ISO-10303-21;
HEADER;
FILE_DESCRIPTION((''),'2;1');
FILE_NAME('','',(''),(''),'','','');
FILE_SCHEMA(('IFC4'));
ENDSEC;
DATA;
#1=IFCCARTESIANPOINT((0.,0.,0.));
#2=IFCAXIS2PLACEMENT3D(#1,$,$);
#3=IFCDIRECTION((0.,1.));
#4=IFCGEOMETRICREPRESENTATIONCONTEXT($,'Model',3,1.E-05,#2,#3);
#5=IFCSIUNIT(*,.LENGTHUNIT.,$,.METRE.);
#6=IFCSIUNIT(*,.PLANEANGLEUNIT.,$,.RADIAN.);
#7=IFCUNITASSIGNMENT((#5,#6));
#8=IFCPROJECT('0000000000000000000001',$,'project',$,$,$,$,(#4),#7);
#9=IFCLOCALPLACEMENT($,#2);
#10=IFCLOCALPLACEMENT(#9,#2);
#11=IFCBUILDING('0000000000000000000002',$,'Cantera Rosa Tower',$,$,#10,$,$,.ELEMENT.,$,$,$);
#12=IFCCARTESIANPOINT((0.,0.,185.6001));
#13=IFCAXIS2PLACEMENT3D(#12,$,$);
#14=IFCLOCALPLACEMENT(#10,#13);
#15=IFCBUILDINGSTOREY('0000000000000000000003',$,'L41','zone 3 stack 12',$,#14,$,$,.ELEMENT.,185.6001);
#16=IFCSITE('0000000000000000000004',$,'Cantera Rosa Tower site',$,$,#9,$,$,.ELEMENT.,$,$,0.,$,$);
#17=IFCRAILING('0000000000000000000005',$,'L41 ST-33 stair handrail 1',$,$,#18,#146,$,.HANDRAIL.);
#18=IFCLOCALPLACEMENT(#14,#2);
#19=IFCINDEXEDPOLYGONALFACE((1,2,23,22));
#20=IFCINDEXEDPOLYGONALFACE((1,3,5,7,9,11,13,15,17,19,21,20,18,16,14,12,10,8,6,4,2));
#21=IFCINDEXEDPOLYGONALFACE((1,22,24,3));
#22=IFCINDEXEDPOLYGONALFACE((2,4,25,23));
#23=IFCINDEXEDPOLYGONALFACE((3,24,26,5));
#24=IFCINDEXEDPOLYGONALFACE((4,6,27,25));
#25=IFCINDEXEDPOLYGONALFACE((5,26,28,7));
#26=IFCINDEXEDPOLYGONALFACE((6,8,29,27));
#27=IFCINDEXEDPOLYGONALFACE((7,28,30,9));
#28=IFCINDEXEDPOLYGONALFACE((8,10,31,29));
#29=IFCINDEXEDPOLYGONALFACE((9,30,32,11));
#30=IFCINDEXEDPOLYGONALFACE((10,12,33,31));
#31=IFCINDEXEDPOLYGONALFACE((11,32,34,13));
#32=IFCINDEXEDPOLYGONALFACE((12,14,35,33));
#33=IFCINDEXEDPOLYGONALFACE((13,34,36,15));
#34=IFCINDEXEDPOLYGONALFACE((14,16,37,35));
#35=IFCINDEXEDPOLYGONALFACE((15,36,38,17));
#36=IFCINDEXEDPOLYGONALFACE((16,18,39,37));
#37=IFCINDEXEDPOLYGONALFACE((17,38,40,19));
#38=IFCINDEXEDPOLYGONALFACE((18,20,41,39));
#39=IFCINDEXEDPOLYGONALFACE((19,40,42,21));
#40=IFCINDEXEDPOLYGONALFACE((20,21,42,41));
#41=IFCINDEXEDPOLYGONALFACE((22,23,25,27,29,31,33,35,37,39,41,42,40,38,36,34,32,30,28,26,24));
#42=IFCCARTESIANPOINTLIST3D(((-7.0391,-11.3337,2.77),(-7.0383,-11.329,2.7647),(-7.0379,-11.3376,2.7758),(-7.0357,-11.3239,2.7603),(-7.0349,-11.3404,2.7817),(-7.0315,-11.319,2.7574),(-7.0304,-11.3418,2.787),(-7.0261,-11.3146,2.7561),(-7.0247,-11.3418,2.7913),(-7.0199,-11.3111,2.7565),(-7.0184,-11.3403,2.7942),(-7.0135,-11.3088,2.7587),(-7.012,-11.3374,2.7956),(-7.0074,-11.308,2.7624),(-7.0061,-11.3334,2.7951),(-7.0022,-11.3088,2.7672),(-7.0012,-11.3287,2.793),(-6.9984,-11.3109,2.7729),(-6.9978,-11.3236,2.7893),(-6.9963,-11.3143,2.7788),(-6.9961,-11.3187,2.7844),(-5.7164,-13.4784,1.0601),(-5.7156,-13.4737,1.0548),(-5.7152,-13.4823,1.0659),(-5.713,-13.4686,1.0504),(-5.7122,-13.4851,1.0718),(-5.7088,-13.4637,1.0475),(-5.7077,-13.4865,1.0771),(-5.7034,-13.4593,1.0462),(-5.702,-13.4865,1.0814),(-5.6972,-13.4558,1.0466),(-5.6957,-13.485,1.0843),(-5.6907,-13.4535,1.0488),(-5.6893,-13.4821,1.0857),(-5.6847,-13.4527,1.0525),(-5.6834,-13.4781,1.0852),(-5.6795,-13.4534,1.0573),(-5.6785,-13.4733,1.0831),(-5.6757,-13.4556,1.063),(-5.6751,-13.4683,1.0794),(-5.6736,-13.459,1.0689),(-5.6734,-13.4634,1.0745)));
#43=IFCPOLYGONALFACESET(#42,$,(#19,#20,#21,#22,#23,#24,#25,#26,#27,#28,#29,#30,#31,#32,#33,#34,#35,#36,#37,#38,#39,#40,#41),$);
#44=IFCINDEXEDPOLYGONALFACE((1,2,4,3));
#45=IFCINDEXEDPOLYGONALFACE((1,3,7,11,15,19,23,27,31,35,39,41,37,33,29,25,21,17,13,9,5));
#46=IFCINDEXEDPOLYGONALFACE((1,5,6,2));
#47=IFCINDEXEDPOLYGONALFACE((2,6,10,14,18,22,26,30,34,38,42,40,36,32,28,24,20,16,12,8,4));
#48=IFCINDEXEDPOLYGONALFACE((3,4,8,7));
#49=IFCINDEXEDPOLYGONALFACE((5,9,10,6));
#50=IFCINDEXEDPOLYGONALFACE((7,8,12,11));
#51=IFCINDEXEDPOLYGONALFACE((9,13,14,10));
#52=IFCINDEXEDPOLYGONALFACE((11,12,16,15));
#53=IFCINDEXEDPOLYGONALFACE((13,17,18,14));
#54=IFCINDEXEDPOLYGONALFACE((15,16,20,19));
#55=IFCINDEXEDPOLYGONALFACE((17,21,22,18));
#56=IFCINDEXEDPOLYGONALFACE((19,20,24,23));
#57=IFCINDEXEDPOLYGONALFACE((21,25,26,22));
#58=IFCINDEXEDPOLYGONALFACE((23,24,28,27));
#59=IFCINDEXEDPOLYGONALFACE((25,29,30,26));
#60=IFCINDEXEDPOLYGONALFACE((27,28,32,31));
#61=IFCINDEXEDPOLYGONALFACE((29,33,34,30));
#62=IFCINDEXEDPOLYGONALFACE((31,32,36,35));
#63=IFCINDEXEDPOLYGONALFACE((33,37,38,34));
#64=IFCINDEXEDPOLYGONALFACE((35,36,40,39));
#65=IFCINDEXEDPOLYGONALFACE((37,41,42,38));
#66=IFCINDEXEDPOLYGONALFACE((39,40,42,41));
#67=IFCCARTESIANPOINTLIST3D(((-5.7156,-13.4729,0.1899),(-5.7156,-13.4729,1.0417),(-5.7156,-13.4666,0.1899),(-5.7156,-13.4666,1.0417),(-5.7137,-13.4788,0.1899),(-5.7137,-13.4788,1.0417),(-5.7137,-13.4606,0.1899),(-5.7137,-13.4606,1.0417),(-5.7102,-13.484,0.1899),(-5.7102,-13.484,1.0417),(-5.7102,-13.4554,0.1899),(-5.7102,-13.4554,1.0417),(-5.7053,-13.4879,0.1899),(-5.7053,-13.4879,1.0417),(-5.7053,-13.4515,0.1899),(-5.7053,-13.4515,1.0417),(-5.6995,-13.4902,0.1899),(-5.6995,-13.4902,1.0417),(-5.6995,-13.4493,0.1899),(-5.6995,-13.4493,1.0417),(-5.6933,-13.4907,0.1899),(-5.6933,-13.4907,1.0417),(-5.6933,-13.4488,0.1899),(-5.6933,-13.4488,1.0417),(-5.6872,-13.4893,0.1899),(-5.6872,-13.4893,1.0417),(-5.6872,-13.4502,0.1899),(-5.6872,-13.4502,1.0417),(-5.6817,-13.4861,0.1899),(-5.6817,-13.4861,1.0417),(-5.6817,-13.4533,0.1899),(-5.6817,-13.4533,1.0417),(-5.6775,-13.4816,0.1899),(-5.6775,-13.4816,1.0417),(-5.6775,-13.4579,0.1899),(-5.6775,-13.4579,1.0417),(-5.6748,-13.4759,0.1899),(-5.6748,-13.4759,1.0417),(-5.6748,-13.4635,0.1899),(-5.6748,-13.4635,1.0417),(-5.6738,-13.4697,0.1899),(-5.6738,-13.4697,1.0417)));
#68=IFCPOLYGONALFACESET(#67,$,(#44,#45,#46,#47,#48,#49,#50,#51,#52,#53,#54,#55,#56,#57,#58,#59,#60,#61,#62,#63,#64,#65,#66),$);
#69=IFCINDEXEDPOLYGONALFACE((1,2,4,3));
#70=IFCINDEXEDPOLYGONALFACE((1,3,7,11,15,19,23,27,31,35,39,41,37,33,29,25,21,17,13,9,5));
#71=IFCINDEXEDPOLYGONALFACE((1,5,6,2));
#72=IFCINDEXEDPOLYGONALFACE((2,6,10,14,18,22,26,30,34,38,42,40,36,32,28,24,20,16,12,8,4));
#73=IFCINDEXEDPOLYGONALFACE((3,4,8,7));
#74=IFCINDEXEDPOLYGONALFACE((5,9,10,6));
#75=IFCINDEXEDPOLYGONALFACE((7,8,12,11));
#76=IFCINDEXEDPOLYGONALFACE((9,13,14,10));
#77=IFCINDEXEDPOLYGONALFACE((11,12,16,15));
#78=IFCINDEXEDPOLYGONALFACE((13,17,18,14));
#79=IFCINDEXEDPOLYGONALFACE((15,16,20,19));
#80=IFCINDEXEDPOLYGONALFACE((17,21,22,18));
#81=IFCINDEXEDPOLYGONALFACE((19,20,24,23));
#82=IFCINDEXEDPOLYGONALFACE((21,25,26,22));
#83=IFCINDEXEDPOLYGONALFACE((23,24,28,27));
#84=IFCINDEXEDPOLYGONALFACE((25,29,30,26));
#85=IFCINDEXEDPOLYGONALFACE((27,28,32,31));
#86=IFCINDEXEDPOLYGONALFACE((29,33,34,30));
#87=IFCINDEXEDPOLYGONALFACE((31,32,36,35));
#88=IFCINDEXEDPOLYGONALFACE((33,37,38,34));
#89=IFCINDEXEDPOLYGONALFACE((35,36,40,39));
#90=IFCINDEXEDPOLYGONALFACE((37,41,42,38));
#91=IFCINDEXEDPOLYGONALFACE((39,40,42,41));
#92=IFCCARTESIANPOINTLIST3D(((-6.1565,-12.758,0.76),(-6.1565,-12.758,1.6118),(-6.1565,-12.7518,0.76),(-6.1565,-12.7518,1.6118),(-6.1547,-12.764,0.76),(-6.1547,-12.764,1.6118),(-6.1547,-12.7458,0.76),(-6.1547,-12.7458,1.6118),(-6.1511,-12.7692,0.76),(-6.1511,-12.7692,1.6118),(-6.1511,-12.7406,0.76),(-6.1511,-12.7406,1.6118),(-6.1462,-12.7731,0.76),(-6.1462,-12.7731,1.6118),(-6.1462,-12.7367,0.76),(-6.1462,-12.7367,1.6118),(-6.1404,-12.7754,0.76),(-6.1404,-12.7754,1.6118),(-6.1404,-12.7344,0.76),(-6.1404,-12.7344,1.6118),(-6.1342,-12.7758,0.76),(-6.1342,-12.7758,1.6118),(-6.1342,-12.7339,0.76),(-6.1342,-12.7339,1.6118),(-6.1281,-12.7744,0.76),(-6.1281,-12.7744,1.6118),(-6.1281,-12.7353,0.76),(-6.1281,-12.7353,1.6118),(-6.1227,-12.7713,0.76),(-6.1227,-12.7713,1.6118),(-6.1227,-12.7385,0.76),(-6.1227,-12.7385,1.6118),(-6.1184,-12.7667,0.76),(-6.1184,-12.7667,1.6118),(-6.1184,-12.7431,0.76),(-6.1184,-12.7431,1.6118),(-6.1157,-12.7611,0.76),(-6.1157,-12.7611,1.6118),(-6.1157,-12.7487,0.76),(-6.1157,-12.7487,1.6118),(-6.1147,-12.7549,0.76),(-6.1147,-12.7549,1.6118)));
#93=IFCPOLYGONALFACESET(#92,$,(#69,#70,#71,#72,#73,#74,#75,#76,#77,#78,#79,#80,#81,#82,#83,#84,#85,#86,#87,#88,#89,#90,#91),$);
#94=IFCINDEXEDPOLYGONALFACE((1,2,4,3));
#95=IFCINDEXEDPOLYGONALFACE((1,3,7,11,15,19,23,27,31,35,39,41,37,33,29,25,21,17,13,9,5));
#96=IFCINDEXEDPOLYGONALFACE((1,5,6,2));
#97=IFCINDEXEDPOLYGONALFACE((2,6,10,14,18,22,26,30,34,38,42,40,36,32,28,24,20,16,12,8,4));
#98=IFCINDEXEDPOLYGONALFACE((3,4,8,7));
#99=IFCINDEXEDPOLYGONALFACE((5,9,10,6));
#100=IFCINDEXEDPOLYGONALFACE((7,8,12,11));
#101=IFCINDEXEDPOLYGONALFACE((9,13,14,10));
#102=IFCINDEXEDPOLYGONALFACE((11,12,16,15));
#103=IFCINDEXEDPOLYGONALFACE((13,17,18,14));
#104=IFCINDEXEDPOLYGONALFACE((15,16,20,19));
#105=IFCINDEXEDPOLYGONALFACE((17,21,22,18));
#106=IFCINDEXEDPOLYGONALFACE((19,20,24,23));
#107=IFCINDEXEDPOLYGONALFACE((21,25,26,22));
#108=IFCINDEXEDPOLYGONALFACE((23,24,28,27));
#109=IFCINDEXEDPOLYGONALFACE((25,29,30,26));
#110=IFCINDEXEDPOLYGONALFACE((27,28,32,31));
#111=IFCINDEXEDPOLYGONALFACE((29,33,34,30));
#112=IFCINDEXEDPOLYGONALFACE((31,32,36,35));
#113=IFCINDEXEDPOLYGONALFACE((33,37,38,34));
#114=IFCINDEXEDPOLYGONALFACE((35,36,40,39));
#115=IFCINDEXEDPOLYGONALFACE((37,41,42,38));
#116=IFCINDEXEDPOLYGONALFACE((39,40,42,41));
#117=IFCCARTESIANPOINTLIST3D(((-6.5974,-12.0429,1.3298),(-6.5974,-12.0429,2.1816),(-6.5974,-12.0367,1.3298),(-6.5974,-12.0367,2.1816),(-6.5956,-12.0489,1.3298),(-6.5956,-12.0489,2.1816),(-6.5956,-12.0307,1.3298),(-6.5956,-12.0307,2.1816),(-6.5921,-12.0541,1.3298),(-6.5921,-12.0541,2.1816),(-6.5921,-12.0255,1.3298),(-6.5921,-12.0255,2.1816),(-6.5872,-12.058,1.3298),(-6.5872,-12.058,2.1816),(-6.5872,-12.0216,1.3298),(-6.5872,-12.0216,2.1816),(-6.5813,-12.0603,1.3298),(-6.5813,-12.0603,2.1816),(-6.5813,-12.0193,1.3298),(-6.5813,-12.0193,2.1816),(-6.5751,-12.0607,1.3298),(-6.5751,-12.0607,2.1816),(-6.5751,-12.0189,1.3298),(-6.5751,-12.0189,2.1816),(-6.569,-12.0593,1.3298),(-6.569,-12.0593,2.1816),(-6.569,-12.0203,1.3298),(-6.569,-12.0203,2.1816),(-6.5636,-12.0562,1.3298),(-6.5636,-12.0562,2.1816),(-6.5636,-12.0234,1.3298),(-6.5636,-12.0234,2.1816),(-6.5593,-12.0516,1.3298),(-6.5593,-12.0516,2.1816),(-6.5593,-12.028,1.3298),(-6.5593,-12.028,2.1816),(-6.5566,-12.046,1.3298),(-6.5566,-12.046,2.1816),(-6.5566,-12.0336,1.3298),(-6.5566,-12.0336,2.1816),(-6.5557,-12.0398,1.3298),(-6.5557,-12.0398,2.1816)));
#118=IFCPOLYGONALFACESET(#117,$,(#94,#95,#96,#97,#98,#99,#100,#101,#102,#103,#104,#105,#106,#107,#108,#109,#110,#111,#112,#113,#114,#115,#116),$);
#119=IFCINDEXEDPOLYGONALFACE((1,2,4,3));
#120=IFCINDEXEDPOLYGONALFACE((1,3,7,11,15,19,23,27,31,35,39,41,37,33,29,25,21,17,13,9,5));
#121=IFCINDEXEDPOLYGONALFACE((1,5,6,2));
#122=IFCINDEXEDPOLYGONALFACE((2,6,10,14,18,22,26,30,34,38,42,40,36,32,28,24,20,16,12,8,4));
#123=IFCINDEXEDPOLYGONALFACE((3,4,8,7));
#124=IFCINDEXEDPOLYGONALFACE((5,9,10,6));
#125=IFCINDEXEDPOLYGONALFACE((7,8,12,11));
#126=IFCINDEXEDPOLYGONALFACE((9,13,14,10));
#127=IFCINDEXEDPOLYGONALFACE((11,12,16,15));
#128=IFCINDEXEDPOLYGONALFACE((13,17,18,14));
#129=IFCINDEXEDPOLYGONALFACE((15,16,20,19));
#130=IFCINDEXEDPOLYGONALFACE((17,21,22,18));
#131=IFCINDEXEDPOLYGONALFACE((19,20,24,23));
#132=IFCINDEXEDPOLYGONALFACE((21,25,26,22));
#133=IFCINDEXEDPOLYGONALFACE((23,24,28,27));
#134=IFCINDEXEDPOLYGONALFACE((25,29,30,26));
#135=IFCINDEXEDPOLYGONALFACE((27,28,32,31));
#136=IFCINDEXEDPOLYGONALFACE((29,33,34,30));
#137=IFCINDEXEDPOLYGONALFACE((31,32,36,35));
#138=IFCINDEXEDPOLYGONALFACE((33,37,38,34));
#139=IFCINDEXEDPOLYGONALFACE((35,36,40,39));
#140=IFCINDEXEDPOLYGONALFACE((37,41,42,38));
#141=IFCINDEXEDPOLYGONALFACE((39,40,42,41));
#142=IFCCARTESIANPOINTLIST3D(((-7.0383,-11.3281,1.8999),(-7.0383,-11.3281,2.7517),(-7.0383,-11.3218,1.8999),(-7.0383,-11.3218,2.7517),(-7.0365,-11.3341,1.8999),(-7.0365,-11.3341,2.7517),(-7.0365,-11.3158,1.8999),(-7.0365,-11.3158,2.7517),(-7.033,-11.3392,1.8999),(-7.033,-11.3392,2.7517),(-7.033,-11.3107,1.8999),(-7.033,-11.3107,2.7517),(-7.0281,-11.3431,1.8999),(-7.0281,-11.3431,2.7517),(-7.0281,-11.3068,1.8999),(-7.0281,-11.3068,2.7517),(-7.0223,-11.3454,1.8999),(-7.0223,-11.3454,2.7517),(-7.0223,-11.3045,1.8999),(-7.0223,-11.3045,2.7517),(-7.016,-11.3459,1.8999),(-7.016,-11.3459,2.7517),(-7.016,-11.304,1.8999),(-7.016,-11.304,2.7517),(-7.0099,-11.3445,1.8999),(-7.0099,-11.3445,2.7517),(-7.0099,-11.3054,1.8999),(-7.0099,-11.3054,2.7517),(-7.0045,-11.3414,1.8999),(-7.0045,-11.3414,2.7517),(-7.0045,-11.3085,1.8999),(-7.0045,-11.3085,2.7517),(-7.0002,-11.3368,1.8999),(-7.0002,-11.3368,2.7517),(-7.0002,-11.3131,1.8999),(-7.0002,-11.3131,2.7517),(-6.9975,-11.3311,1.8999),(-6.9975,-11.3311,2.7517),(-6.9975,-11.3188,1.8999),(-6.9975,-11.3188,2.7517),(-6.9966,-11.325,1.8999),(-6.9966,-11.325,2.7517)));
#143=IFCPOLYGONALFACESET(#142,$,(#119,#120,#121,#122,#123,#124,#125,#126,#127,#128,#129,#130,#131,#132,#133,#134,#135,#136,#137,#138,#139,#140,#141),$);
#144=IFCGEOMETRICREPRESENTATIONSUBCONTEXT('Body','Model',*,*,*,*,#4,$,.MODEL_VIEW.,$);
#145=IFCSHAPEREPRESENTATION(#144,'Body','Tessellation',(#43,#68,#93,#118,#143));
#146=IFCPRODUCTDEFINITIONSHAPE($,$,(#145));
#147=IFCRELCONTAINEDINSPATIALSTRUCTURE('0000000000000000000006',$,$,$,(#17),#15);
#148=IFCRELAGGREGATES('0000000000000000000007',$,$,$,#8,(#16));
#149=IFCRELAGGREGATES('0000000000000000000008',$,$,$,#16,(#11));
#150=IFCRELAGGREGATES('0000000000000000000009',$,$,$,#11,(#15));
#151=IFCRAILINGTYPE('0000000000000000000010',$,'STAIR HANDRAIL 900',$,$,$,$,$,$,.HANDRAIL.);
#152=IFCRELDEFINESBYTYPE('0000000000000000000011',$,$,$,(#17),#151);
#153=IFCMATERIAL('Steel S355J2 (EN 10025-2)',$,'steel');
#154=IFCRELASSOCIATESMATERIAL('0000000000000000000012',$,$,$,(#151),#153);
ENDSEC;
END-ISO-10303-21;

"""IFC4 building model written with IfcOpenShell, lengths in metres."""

from ifc_helpers import new_model, si_unit, direction, frame, origin, origin_2d, place, context, subcontext, project, spatial, circle, extrude, material, type_object, element, save


model = new_model("IFC4")

# Units and contexts
model_context = context("Model", 3, precision=1e-05, world=origin(), true_north=direction((0.0, 1.0)))
body_context = subcontext(model_context, "Body", "Model", "MODEL_VIEW")
ifc_project = project(units=[si_unit("LENGTHUNIT", "METRE"), si_unit("PLANEANGLEUNIT", "RADIAN")], contexts=[model_context])

# Site, building, storey
site_placement = place(None, origin())
site = spatial("IfcSite", under=ifc_project, at=site_placement, Name="Cantera Rosa Tower site", CompositionType="ELEMENT", RefElevation=0.0)
building_placement = place(site_placement, origin())
building = spatial("IfcBuilding", under=site, at=building_placement, Name="Cantera Rosa Tower", CompositionType="ELEMENT")
storey_placement = place(building_placement, frame((0.0, 0.0, 185.6001)))
storey = spatial("IfcBuildingStorey", under=building, at=storey_placement, Name="L41", Description="zone 3 stack 12", CompositionType="ELEMENT", Elevation=185.6001)

# Railing
ifc_material_1 = material(Name="Steel S355J2 (EN 10025-2)", Category="steel")
railing_type_1 = type_object("IfcRailingType", Name="STAIR HANDRAIL 900", PredefinedType="HANDRAIL", material=ifc_material_1)
railing_1_placement = place(storey_placement, frame((-5.6948, -13.4697, 0.1899)))
element("IfcRailing", 1, at=railing_1_placement, inside=storey, type_object=railing_type_1, Name="L41 ST-33 stair handrail 1", PredefinedType="HANDRAIL", context=body_context, shape_type="SweptSolid", body=[
    extrude(circle(Radius=0.0239, at=origin_2d()), frame((0.0, 0.0, 0.876), z_axis=(-0.434363, 0.704296, 0.561513), x_axis=(-0.851146, -0.52493, 0.0)), (0.0, 0.0, 1.0), 3.0452),
    extrude(circle(Radius=0.021, at=origin_2d()), origin(), (0.0, 0.0, 1.0), 0.8518),
    extrude(circle(Radius=0.021, at=origin_2d()), frame((-0.4409, 0.7148, 0.5701)), (0.0, 0.0, 1.0), 0.8518),
    extrude(circle(Radius=0.021, at=origin_2d()), frame((-0.8818, 1.4299, 1.1399)), (0.0, 0.0, 1.0), 0.8518),
    extrude(circle(Radius=0.021, at=origin_2d()), frame((-1.3228, 2.1448, 1.71)), (0.0, 0.0, 1.0), 0.8518),
])

save(model, "model.ifc")
